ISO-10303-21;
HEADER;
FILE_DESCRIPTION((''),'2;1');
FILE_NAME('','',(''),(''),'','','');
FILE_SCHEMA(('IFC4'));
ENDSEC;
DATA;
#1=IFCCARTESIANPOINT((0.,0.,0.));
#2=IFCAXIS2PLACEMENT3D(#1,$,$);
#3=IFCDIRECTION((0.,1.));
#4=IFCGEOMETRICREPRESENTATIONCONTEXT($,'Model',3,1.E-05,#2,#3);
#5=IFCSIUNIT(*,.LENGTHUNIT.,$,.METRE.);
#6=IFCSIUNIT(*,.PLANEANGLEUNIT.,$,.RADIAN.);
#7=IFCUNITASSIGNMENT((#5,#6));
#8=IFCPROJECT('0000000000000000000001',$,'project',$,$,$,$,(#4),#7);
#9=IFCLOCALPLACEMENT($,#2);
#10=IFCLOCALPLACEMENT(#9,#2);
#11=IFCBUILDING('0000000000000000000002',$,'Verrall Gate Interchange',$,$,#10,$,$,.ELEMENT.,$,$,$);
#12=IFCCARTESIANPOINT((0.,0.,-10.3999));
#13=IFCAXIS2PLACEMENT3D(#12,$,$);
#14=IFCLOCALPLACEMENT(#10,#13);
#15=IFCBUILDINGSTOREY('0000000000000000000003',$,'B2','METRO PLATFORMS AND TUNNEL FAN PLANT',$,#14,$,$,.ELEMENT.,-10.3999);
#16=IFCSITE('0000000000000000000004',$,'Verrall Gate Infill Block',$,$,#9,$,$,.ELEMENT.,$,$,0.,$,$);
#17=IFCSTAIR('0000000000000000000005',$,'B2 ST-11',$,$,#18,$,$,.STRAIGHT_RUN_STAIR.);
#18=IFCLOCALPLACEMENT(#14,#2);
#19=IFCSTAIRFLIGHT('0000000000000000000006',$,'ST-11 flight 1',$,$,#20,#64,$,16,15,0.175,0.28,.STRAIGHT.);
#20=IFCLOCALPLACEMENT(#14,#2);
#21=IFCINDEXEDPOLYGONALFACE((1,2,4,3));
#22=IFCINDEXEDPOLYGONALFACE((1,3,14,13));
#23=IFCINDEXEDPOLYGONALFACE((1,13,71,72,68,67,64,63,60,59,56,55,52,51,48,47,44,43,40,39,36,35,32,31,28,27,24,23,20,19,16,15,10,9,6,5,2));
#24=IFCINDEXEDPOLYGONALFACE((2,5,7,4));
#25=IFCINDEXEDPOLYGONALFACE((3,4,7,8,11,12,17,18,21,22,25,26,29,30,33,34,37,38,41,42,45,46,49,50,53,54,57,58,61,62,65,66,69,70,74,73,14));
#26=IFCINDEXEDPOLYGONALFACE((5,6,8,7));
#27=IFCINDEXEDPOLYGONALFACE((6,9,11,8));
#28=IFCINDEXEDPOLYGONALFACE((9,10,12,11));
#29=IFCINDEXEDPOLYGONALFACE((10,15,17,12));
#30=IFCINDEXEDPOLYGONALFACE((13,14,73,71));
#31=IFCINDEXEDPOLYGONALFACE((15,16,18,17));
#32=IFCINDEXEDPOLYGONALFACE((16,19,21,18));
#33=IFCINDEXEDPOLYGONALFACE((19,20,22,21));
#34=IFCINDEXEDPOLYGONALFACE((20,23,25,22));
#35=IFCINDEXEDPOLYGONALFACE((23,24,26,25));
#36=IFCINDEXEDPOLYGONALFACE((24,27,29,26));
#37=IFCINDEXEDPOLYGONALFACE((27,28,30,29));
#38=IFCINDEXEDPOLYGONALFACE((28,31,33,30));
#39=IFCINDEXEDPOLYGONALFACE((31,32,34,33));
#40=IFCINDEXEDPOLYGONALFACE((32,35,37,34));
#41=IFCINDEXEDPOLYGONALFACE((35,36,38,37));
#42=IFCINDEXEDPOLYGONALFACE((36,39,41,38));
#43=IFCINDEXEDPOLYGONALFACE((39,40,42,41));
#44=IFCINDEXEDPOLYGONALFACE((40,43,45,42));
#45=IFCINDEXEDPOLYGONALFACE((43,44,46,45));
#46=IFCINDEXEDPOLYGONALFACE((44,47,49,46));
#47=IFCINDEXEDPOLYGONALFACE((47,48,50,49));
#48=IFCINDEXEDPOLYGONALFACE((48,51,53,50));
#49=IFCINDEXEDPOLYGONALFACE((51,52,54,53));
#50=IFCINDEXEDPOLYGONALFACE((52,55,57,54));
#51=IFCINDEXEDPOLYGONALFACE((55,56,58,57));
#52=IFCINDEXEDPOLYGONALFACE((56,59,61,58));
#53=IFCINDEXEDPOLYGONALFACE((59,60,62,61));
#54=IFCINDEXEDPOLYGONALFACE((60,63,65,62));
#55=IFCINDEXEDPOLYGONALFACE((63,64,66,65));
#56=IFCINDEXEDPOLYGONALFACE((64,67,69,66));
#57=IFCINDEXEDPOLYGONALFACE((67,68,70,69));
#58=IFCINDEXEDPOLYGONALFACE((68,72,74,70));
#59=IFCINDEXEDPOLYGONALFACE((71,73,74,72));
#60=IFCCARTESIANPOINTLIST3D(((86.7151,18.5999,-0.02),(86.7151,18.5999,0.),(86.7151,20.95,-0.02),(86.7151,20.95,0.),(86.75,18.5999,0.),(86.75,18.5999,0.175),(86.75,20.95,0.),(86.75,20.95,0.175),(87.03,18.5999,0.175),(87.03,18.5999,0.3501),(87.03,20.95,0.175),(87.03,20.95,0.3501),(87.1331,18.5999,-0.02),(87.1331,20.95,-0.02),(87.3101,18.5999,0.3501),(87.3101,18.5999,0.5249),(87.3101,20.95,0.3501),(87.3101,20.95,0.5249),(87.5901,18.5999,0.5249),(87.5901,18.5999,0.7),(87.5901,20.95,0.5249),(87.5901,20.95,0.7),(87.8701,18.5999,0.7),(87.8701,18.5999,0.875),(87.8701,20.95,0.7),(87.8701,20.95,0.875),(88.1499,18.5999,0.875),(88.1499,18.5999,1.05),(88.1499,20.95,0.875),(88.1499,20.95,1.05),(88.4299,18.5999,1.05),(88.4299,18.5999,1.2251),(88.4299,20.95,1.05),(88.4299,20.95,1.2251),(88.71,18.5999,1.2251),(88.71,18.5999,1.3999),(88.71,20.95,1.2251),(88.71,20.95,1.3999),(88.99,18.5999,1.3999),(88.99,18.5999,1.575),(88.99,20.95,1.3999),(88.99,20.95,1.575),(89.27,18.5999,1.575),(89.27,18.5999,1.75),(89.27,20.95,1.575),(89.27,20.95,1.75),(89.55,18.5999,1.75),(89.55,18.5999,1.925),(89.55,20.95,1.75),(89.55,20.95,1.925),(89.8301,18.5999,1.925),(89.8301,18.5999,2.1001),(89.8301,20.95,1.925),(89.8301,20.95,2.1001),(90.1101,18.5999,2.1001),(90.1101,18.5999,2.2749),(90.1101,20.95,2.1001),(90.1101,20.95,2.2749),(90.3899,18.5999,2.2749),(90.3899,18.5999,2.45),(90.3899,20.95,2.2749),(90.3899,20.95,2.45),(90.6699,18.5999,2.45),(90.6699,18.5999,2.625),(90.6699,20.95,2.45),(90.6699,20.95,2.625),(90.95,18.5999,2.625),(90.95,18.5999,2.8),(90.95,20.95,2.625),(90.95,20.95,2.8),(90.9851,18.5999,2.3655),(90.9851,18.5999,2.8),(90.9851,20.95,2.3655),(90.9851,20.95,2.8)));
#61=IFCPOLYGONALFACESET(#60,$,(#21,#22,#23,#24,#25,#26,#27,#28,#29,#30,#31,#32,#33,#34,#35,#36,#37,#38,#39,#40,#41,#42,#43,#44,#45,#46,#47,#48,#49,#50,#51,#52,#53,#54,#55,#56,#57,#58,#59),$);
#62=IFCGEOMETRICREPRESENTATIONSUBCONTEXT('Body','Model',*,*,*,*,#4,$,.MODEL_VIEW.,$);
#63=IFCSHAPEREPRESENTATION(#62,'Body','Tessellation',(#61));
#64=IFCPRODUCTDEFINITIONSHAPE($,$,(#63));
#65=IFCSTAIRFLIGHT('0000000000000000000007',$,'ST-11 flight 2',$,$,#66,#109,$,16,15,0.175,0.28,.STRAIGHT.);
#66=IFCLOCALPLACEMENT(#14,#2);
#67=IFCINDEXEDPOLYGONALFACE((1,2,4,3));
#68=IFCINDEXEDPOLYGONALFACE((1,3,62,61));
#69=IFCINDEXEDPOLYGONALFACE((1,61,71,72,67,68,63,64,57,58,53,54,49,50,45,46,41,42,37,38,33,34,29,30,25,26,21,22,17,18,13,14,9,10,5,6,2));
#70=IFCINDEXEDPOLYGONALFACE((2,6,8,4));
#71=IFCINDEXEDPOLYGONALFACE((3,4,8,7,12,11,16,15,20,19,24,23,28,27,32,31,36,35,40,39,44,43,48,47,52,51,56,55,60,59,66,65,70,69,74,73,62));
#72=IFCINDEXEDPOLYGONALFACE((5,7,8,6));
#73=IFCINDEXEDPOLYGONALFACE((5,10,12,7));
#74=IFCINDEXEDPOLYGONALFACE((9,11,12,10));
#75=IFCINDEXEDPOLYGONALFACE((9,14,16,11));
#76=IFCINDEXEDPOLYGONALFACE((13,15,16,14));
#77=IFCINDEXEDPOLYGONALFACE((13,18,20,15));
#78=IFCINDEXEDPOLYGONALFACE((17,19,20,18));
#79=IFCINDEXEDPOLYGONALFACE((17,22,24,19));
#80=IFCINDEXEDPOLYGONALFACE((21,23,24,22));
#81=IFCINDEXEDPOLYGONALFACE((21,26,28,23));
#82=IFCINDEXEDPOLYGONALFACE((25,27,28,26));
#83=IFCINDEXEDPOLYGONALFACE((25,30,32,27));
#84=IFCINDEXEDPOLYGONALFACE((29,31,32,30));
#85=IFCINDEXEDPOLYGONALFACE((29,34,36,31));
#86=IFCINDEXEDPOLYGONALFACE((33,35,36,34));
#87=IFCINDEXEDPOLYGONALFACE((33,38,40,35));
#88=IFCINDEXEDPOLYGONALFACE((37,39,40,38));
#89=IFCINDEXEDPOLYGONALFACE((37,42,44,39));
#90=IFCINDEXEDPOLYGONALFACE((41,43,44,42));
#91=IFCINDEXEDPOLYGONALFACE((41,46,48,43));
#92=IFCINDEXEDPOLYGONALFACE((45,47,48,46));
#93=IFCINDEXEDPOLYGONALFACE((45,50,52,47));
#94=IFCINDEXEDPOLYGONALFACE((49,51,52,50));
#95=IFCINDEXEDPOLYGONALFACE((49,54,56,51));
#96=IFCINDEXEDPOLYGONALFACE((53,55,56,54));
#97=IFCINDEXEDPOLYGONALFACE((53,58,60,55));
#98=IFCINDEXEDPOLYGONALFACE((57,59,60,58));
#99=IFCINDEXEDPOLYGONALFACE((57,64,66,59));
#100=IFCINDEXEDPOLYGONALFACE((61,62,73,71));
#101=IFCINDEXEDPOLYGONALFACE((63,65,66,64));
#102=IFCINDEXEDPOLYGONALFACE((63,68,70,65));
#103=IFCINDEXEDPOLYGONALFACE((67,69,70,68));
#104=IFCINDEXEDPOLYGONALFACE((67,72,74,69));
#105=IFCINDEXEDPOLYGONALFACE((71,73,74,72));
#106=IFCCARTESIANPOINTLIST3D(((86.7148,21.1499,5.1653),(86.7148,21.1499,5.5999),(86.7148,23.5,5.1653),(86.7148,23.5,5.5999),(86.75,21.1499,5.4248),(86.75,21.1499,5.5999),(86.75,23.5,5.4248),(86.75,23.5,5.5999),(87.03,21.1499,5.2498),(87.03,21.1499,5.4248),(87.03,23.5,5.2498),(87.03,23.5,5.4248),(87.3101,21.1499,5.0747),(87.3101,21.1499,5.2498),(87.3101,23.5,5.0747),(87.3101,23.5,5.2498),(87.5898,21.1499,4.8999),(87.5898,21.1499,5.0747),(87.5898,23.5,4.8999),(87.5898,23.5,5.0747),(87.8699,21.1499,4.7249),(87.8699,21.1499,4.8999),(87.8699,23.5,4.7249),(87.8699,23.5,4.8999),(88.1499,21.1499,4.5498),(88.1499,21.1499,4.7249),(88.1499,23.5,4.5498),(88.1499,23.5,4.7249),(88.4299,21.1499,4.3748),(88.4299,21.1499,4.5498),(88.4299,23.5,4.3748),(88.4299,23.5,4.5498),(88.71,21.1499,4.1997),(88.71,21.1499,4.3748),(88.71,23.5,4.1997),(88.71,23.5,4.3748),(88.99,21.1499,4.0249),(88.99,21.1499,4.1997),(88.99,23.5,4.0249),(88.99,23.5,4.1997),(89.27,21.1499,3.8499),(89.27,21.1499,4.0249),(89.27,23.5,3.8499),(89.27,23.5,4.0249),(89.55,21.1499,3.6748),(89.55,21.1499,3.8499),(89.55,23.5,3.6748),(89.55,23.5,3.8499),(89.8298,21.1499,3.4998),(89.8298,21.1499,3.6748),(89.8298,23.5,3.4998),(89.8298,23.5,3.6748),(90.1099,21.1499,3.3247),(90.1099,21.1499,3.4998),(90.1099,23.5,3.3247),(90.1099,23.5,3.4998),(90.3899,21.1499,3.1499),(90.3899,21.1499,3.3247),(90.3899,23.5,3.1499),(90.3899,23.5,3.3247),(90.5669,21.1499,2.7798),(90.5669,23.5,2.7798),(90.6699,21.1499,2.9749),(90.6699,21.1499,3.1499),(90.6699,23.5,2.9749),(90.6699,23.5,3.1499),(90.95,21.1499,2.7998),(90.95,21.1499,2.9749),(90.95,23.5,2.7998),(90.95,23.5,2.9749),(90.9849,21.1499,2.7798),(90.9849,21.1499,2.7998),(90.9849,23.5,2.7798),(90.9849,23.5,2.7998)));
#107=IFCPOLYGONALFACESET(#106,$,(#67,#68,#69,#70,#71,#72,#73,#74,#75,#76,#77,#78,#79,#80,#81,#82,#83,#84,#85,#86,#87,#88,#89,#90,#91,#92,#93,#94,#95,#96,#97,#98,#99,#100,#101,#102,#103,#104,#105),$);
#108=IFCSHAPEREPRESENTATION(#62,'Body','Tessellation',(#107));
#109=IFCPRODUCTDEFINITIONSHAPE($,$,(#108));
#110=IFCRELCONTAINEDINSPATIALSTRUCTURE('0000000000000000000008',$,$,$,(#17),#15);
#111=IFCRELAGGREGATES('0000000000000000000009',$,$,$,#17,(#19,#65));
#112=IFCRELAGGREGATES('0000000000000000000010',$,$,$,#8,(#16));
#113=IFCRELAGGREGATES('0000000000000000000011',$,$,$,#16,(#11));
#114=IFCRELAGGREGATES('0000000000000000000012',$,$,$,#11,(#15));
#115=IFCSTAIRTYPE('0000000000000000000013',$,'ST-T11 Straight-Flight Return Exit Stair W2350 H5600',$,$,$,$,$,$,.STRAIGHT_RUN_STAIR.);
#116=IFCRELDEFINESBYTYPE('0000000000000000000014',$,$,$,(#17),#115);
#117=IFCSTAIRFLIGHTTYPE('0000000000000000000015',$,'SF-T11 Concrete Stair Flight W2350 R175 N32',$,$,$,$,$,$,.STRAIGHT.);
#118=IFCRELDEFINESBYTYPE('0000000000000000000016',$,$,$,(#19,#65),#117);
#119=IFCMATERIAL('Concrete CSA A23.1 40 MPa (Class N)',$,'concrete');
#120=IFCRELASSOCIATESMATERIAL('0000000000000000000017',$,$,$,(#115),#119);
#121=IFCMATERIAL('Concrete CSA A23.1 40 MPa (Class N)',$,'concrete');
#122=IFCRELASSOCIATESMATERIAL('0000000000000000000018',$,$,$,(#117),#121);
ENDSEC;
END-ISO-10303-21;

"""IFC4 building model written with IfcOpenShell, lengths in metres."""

from ifc_helpers import new_model, si_unit, direction, frame, origin, place, context, subcontext, project, spatial, polyline, outline, extrude, material, type_object, element, aggregate, save


model = new_model("IFC4")

# Units and contexts
model_context = context("Model", 3, precision=1e-05, world=origin(), true_north=direction((0.0, 1.0)))
body_context = subcontext(model_context, "Body", "Model", "MODEL_VIEW")
ifc_project = project(units=[si_unit("LENGTHUNIT", "METRE"), si_unit("PLANEANGLEUNIT", "RADIAN")], contexts=[model_context])

# Site, building, storey
site_placement = place(None, origin())
site = spatial("IfcSite", under=ifc_project, at=site_placement, Name="Verrall Gate Infill Block", CompositionType="ELEMENT", RefElevation=0.0)
building_placement = place(site_placement, origin())
building = spatial("IfcBuilding", under=site, at=building_placement, Name="Verrall Gate Interchange", CompositionType="ELEMENT")
storey_placement = place(building_placement, frame((0.0, 0.0, -10.3999)))
storey = spatial("IfcBuildingStorey", under=building, at=storey_placement, Name="B2", Description="METRO PLATFORMS AND TUNNEL FAN PLANT", CompositionType="ELEMENT", Elevation=-10.3999)

# Shared definitions
ifc_material_1 = material(Name="Concrete CSA A23.1 40 MPa (Class N)", Category="concrete")
stair_type = type_object("IfcStairType", Name="ST-T11 Straight-Flight Return Exit Stair W2350 H5600", PredefinedType="STRAIGHT_RUN_STAIR", material=ifc_material_1)
ifc_material_2 = material(Name="Concrete CSA A23.1 40 MPa (Class N)", Category="concrete")
stair_flight_type = type_object("IfcStairFlightType", Name="SF-T11 Concrete Stair Flight W2350 R175 N32", PredefinedType="STRAIGHT", material=ifc_material_2)

# Stair, stair flights
stair_1_placement = place(storey_placement, origin())
stair_1 = element("IfcStair", 1, at=stair_1_placement, inside=storey, type_object=stair_type, Name="B2 ST-11", PredefinedType="STRAIGHT_RUN_STAIR")
stair_flight_1_placement = place(storey_placement, frame((86.75, 19.7749, 0.0), z_axis=(0.0, 0.0, 1.0), x_axis=(1.0, 0.0, 0.0)))
stair_flight_1 = element("IfcStairFlight", 2, at=stair_flight_1_placement, type_object=stair_flight_type, Name="ST-11 flight 1", NumberOfRisers=16, NumberOfTreads=15, PredefinedType="STRAIGHT", RiserHeight=0.175, TreadLength=0.28, context=body_context, shape_type="SweptSolid", body=[
    extrude(outline(polyline([(-0.0349, -0.02), (-0.0349, 0.0), (0.0, 0.0), (0.0, 0.175), (0.28, 0.175), (0.28, 0.3501), (0.5601, 0.3501), (0.5601, 0.5249), (0.8401, 0.5249), (0.8401, 0.7), (1.1201, 0.7), (1.1201, 0.875), (1.3999, 0.875), (1.3999, 1.05), (1.6799, 1.05), (1.6799, 1.2251), (1.96, 1.2251), (1.96, 1.3999), (2.24, 1.3999), (2.24, 1.575), (2.52, 1.575), (2.52, 1.75), (2.8, 1.75), (2.8, 1.925), (3.0801, 1.925), (3.0801, 2.1001), (3.3601, 2.1001), (3.3601, 2.2749), (3.6399, 2.2749), (3.6399, 2.45), (3.9199, 2.45), (3.9199, 2.625), (4.2, 2.625), (4.2, 2.8), (4.2351, 2.8), (4.2351, 2.3655), (0.3831, -0.02), (-0.0349, -0.02)])), frame((0.0, 1.175, 0.0), z_axis=(0.0, -1.0, 0.0), x_axis=(1.0, 0.0, 0.0)), (0.0, 0.0, 1.0), 2.3501),
])
stair_flight_2_placement = place(storey_placement, frame((90.95, 22.325, 2.7998), z_axis=(0.0, 0.0, 1.0), x_axis=(-1.0, 0.0, 0.0)))
stair_flight_2 = element("IfcStairFlight", 3, at=stair_flight_2_placement, type_object=stair_flight_type, Name="ST-11 flight 2", NumberOfRisers=16, NumberOfTreads=15, PredefinedType="STRAIGHT", RiserHeight=0.175, TreadLength=0.28, context=body_context, shape_type="SweptSolid", body=[
    extrude(outline(polyline([(-0.0349, -0.02), (-0.0349, 0.0), (0.0, 0.0), (0.0, 0.175), (0.28, 0.175), (0.28, 0.3501), (0.5601, 0.3501), (0.5601, 0.5249), (0.8401, 0.5249), (0.8401, 0.7), (1.1201, 0.7), (1.1201, 0.875), (1.3999, 0.875), (1.3999, 1.05), (1.6799, 1.05), (1.6799, 1.2251), (1.96, 1.2251), (1.96, 1.3999), (2.24, 1.3999), (2.24, 1.575), (2.52, 1.575), (2.52, 1.75), (2.8, 1.75), (2.8, 1.925), (3.0801, 1.925), (3.0801, 2.1001), (3.3601, 2.1001), (3.3601, 2.2749), (3.6399, 2.2749), (3.6399, 2.45), (3.9199, 2.45), (3.9199, 2.625), (4.2, 2.625), (4.2, 2.8), (4.2351, 2.8), (4.2351, 2.3655), (0.3831, -0.02), (-0.0349, -0.02)])), frame((0.0, 1.175, 0.0), z_axis=(0.0, -1.0, 0.0), x_axis=(1.0, 0.0, 0.0)), (0.0, 0.0, 1.0), 2.3501),
])
aggregate(stair_1, [stair_flight_1, stair_flight_2])

save(model, "model.ifc")
